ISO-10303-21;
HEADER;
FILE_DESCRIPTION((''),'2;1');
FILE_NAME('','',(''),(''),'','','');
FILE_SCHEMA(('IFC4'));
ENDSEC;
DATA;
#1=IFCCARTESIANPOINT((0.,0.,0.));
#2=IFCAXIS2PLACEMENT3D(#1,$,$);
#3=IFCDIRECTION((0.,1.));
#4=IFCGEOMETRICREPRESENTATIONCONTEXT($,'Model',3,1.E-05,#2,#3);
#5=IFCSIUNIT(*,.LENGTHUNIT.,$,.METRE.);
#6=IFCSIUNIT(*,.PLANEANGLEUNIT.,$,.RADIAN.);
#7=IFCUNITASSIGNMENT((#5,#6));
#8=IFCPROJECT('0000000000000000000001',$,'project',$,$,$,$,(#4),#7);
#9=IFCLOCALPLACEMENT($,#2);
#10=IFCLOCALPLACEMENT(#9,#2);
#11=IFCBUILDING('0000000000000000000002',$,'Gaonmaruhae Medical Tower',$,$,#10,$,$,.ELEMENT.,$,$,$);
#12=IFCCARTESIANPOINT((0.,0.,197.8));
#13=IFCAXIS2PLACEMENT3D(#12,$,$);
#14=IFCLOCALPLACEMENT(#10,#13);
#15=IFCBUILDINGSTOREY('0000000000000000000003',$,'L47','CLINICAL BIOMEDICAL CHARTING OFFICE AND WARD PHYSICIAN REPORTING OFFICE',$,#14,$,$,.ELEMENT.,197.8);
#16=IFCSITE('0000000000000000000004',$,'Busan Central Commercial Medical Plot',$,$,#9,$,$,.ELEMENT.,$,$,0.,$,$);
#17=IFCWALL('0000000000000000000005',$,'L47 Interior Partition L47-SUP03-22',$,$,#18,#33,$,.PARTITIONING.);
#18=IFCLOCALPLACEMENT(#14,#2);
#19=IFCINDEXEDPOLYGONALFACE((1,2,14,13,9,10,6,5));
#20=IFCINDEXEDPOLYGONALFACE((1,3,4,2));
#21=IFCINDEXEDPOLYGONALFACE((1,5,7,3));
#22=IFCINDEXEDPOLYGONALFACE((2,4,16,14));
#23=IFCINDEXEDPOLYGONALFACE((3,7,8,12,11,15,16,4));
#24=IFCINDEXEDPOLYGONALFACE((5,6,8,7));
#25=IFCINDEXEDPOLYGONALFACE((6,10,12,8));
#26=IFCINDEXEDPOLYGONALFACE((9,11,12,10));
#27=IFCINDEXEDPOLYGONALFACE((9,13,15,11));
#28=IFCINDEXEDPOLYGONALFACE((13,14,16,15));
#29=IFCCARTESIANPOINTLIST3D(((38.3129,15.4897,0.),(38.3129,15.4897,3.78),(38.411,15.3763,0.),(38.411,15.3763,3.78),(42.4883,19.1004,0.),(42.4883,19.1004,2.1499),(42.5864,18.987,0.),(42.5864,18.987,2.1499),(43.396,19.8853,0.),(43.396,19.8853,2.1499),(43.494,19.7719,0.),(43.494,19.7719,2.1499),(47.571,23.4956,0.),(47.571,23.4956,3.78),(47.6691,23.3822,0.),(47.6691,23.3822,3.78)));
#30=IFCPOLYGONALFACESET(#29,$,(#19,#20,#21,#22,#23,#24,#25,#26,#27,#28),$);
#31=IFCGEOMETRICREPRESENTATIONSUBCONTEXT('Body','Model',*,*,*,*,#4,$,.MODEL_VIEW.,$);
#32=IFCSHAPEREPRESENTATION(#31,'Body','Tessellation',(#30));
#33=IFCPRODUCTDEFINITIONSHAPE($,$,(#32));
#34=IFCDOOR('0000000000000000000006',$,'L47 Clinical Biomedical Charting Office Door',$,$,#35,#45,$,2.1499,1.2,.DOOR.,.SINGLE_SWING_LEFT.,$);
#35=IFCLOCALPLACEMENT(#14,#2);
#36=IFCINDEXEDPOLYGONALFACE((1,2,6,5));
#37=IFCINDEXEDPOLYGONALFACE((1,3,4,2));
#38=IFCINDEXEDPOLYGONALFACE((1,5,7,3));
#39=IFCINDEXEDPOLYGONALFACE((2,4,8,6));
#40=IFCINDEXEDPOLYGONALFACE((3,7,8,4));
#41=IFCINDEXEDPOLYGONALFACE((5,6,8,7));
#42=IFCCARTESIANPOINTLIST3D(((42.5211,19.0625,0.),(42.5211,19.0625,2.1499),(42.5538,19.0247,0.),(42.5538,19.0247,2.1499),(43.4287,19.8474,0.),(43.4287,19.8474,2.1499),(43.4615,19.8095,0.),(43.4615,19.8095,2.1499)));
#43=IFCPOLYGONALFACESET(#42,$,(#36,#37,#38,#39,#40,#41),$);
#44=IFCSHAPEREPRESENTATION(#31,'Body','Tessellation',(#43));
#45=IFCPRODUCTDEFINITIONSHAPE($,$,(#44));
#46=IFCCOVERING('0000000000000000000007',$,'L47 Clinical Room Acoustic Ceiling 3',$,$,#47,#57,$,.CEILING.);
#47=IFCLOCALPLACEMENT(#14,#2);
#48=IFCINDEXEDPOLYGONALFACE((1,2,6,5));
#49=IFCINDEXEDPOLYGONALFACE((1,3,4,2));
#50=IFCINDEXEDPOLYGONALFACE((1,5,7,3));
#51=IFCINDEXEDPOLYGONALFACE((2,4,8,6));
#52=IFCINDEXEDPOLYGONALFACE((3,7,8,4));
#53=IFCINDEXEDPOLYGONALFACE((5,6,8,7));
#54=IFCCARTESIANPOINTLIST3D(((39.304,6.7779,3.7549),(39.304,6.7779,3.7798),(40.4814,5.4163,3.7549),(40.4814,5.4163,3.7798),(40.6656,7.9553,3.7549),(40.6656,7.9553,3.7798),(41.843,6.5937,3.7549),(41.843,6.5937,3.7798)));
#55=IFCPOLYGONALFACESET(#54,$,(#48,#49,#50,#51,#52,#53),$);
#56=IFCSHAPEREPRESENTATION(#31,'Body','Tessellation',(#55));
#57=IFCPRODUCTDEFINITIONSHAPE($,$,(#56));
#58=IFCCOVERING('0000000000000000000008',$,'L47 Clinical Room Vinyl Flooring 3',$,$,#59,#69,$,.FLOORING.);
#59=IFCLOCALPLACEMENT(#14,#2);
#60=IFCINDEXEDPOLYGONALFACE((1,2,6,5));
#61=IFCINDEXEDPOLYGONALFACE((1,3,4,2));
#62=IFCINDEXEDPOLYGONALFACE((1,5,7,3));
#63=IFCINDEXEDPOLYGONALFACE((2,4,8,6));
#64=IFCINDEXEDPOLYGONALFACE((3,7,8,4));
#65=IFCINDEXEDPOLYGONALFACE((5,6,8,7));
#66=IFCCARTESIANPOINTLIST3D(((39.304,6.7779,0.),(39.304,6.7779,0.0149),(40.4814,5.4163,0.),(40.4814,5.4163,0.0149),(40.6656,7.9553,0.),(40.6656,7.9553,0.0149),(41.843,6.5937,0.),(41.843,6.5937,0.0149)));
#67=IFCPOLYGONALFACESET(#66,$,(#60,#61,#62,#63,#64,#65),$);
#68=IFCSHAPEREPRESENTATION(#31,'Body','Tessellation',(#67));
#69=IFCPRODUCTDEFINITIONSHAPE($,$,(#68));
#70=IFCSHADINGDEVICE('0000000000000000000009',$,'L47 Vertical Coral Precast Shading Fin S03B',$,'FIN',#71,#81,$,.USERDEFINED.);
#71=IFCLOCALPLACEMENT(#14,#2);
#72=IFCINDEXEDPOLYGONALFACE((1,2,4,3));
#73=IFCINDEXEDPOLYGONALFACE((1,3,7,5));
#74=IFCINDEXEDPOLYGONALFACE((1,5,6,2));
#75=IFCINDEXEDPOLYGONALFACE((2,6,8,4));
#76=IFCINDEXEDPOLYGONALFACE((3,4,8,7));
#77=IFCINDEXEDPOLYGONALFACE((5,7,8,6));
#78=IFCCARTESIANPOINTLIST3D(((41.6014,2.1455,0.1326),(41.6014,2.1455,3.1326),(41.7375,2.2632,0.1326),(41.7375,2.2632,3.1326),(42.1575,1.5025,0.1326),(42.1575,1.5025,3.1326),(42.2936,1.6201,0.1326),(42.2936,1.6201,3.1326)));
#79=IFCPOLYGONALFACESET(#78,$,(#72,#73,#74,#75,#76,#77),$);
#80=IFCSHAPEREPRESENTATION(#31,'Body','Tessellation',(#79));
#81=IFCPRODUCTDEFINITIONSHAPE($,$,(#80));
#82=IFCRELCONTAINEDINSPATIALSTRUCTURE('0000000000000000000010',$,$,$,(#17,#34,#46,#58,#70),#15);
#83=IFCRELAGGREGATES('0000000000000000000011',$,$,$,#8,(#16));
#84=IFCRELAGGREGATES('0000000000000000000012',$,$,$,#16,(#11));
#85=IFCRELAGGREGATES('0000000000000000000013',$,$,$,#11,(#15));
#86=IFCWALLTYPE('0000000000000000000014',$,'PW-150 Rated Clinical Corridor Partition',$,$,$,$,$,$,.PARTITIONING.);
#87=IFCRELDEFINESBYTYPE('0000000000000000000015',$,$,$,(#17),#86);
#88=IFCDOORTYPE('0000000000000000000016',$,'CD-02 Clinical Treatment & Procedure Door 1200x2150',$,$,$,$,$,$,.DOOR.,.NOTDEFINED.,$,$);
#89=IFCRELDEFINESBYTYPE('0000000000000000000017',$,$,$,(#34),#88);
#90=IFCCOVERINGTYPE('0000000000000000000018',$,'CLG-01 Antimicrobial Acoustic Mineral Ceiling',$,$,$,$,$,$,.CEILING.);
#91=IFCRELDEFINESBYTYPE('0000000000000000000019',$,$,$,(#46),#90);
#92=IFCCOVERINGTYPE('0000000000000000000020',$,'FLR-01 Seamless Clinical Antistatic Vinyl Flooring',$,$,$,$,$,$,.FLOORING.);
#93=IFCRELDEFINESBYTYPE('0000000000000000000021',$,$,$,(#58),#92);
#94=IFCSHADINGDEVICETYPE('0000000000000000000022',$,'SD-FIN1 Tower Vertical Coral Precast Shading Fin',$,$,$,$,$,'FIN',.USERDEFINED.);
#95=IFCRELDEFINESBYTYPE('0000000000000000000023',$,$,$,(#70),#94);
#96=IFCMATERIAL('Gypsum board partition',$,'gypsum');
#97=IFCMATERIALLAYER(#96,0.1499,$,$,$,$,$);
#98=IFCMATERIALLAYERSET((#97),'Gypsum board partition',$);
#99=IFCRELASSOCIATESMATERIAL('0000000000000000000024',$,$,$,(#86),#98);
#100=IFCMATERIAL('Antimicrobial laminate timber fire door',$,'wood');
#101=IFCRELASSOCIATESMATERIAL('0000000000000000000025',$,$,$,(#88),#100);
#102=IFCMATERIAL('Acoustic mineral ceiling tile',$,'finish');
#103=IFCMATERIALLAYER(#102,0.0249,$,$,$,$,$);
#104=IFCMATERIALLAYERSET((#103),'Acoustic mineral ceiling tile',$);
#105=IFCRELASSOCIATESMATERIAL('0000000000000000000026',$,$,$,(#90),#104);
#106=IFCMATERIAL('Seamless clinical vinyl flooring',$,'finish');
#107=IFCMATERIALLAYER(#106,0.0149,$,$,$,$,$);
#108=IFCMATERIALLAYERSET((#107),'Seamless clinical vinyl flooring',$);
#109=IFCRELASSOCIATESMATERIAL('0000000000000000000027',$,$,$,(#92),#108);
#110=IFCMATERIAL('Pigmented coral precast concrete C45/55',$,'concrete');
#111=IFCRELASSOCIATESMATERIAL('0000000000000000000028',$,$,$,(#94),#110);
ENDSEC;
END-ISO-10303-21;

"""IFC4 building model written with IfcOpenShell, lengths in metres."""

from ifc_helpers import new_model, si_unit, direction, frame, frame_2d, origin, origin_2d, place, context, subcontext, project, spatial, rectangle, extrude, material, layer, layer_set, type_object, element, fill, save


model = new_model("IFC4")

# Units and contexts
model_context = context("Model", 3, precision=1e-05, world=origin(), true_north=direction((0.0, 1.0)))
body_context = subcontext(model_context, "Body", "Model", "MODEL_VIEW")
ifc_project = project(units=[si_unit("LENGTHUNIT", "METRE"), si_unit("PLANEANGLEUNIT", "RADIAN")], contexts=[model_context])

# Site, building, storey
site_placement = place(None, origin())
site = spatial("IfcSite", under=ifc_project, at=site_placement, Name="Busan Central Commercial Medical Plot", CompositionType="ELEMENT", RefElevation=0.0)
building_placement = place(site_placement, origin())
building = spatial("IfcBuilding", under=site, at=building_placement, Name="Gaonmaruhae Medical Tower", CompositionType="ELEMENT")
storey_placement = place(building_placement, frame((0.0, 0.0, 197.8)))
storey = spatial("IfcBuildingStorey", under=building, at=storey_placement, Name="L47", Description="CLINICAL BIOMEDICAL CHARTING OFFICE AND WARD PHYSICIAN REPORTING OFFICE", CompositionType="ELEMENT", Elevation=197.8)

# Shared definitions
ifc_material_1 = material(Name="Gypsum board partition", Category="gypsum")
ifc_layer_1 = layer(ifc_material_1, 0.1499)
ifc_layer_set_1 = layer_set([ifc_layer_1], Name="Gypsum board partition")
wall_type_1 = type_object("IfcWallType", Name="PW-150 Rated Clinical Corridor Partition", PredefinedType="PARTITIONING", material=ifc_layer_set_1)

# Shared definitions
ifc_material_2 = material(Name="Antimicrobial laminate timber fire door", Category="wood")
door_type = type_object("IfcDoorType", Name="CD-02 Clinical Treatment & Procedure Door 1200x2150", OperationType="NOTDEFINED", PredefinedType="DOOR", material=ifc_material_2)

# Wall, opening, door
wall_1_placement = place(storey_placement, frame((38.3621, 15.4331, 0.0), z_axis=(0.0, 0.0, 1.0), x_axis=(0.756408, 0.6541, 0.0)))
wall_1 = element("IfcWall", 1, at=wall_1_placement, inside=storey, type_object=wall_type_1, Name="L47 Interior Partition L47-SUP03-22", PredefinedType="PARTITIONING", context=body_context, shape_type="SweptSolid", body=[
    extrude(rectangle(XDim=12.2395, YDim=0.1499, at=frame_2d((6.1196, 0.0))), origin(), (0.0, 0.0, 1.0), 3.78),
])
opening_1_placement = place(wall_1_placement, frame((5.5198, 0.0, 0.0)))
opening_1 = element("IfcOpeningElement", 2, at=opening_1_placement, cuts=wall_1, PredefinedType="OPENING", context=body_context, shape_type="SweptSolid", body=[
    extrude(rectangle(XDim=1.2, YDim=2.1499, at=frame_2d((0.6001, 1.075))), frame((0.0, 0.085, 0.0), z_axis=(0.0, -1.0, 0.0), x_axis=(1.0, 0.0, 0.0)), (0.0, 0.0, 1.0), 0.1699),
])
door_1_placement = place(opening_1_placement, origin())
door_1 = element("IfcDoor", 3, at=door_1_placement, inside=storey, type_object=door_type, Name="L47 Clinical Biomedical Charting Office Door", OperationType="SINGLE_SWING_LEFT", OverallHeight=2.1499, OverallWidth=1.2, PredefinedType="DOOR", context=body_context, shape_type="SweptSolid", body=[
    extrude(rectangle(XDim=1.2, YDim=2.1499, at=frame_2d((0.6001, 1.075))), frame((0.0, 0.0249, 0.0), z_axis=(0.0, -1.0, 0.0), x_axis=(1.0, 0.0, 0.0)), (0.0, 0.0, 1.0), 0.05),
])
fill(opening_1, door_1)

# Coverings
ifc_material_3 = material(Name="Acoustic mineral ceiling tile", Category="finish")
ifc_layer_2 = layer(ifc_material_3, 0.0249)
ifc_layer_set_2 = layer_set([ifc_layer_2], Name="Acoustic mineral ceiling tile")
covering_type_1 = type_object("IfcCoveringType", Name="CLG-01 Antimicrobial Acoustic Mineral Ceiling", PredefinedType="CEILING", material=ifc_layer_set_2)
covering_1_placement = place(storey_placement, frame((40.5735, 6.6858, 3.7549), z_axis=(0.0, 0.0, 1.0), x_axis=(0.756425, 0.654081, 0.0)))
element("IfcCovering", 4, at=covering_1_placement, inside=storey, type_object=covering_type_1, Name="L47 Clinical Room Acoustic Ceiling 3", PredefinedType="CEILING", context=body_context, shape_type="SweptSolid", body=[
    extrude(rectangle(XDim=1.8, YDim=1.8, at=origin_2d()), origin(), (0.0, 0.0, 1.0), 0.0249),
])
ifc_material_4 = material(Name="Seamless clinical vinyl flooring", Category="finish")
ifc_layer_3 = layer(ifc_material_4, 0.0149)
ifc_layer_set_3 = layer_set([ifc_layer_3], Name="Seamless clinical vinyl flooring")
covering_type_2 = type_object("IfcCoveringType", Name="FLR-01 Seamless Clinical Antistatic Vinyl Flooring", PredefinedType="FLOORING", material=ifc_layer_set_3)
covering_2_placement = place(storey_placement, frame((40.5735, 6.6858, 0.0), z_axis=(0.0, 0.0, 1.0), x_axis=(0.756425, 0.654081, 0.0)))
element("IfcCovering", 5, at=covering_2_placement, inside=storey, type_object=covering_type_2, Name="L47 Clinical Room Vinyl Flooring 3", PredefinedType="FLOORING", context=body_context, shape_type="SweptSolid", body=[
    extrude(rectangle(XDim=1.8, YDim=1.8, at=origin_2d()), origin(), (0.0, 0.0, 1.0), 0.0149),
])

# Shading device
ifc_material_5 = material(Name="Pigmented coral precast concrete C45/55", Category="concrete")
shading_device_type = type_object("IfcShadingDeviceType", Name="SD-FIN1 Tower Vertical Coral Precast Shading Fin", ElementType="FIN", PredefinedType="USERDEFINED", material=ifc_material_5)
shading_device_placement = place(storey_placement, frame((41.9475, 1.8828, 0.1326), z_axis=(0.0, 0.0, 1.0), x_axis=(-0.756425, -0.654081, 0.0)))
element("IfcShadingDevice", 6, at=shading_device_placement, inside=storey, type_object=shading_device_type, Name="L47 Vertical Coral Precast Shading Fin S03B", ObjectType="FIN", PredefinedType="USERDEFINED", context=body_context, shape_type="SweptSolid", body=[
    extrude(rectangle(XDim=0.1799, YDim=0.8501, at=origin_2d()), origin(), (0.0, 0.0, 1.0), 3.0),
])

save(model, "model.ifc")
